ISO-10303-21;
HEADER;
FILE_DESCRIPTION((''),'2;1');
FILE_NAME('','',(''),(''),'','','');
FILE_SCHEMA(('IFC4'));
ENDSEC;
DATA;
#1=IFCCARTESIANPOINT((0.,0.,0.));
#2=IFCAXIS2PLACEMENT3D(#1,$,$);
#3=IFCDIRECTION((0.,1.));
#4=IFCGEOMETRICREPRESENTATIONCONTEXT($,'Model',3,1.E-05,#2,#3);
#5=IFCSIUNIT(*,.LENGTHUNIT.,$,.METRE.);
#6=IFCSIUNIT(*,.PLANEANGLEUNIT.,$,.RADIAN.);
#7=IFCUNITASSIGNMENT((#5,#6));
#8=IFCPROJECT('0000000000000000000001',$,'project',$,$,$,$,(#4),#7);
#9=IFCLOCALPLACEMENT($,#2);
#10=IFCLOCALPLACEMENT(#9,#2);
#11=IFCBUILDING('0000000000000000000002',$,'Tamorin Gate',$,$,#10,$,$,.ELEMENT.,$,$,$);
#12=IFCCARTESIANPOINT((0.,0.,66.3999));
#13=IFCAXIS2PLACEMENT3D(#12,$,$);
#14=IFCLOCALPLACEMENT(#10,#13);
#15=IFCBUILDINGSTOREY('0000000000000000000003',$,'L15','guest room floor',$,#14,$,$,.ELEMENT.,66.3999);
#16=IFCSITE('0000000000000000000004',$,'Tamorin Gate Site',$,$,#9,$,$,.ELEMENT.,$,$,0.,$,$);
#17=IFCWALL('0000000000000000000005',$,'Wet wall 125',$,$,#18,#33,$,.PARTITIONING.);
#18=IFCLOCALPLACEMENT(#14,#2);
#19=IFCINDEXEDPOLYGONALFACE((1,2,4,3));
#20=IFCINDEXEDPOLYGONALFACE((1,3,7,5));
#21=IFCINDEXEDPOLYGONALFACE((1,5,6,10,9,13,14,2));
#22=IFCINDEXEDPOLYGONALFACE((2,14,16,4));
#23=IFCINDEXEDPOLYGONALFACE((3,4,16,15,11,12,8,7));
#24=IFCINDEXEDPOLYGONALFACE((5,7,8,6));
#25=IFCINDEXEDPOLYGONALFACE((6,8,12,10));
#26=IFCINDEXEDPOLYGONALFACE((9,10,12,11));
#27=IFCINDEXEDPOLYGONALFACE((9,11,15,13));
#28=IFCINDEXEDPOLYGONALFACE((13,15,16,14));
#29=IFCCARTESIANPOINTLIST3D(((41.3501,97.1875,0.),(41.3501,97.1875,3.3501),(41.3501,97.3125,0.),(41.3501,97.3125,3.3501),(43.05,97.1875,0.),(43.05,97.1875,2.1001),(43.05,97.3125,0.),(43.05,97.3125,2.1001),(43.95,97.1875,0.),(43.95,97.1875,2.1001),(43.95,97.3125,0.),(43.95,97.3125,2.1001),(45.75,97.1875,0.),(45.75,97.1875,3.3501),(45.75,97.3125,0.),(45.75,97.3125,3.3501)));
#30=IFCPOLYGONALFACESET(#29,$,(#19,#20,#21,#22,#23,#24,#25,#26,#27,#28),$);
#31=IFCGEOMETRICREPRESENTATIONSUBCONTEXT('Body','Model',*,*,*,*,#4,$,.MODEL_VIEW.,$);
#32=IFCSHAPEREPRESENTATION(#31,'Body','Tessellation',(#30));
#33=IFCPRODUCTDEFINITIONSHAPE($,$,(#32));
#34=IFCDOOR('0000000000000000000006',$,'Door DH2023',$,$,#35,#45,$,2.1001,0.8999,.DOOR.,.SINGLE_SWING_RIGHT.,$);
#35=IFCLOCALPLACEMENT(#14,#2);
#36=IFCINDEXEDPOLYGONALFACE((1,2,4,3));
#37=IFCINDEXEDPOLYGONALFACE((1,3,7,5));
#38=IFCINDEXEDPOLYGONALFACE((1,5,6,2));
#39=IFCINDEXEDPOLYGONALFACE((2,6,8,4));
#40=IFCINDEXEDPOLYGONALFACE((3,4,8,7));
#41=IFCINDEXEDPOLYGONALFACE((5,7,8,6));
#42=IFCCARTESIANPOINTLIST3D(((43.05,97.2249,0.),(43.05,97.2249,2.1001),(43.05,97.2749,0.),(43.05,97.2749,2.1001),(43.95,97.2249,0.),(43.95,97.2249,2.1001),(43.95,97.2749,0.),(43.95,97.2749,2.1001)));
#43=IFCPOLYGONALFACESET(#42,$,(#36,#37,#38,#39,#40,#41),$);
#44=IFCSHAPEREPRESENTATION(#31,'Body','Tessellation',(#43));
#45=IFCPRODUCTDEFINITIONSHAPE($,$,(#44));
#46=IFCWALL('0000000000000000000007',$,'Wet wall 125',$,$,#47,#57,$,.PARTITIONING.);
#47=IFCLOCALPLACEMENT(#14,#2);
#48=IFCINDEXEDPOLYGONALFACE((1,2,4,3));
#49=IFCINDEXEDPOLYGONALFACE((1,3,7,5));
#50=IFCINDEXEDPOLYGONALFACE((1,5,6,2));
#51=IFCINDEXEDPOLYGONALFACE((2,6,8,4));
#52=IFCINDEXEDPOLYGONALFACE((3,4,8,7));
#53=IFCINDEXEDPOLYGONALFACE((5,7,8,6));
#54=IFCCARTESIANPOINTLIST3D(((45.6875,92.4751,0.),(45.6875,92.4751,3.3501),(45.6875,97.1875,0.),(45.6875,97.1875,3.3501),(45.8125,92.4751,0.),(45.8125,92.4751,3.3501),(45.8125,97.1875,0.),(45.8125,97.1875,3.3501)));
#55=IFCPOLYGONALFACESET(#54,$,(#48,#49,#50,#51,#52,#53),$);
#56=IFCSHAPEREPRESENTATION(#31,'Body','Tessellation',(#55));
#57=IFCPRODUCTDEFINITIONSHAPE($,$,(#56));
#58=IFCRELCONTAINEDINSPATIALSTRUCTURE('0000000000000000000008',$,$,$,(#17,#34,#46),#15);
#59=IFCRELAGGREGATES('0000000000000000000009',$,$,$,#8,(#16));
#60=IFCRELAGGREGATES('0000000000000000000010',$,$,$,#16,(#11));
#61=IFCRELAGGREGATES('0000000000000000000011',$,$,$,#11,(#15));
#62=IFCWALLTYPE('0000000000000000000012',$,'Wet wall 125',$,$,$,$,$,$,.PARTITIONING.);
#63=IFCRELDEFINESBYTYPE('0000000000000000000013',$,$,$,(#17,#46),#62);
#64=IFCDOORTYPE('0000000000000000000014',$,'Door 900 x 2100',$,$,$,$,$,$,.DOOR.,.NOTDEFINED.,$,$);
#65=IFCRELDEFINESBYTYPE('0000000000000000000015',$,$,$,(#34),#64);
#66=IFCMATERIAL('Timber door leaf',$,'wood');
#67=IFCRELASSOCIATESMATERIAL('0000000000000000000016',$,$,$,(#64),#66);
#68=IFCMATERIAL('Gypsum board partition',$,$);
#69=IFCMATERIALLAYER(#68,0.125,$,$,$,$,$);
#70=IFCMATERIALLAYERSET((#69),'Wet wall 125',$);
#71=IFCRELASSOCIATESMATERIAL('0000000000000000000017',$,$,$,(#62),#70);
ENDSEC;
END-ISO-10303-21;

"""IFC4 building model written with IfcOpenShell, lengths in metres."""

from ifc_helpers import new_model, si_unit, direction, frame, frame_2d, origin, place, context, subcontext, project, spatial, rectangle, extrude, material, layer, layer_set, type_object, element, fill, save


model = new_model("IFC4")

# Units and contexts
model_context = context("Model", 3, precision=1e-05, world=origin(), true_north=direction((0.0, 1.0)))
body_context = subcontext(model_context, "Body", "Model", "MODEL_VIEW")
ifc_project = project(units=[si_unit("LENGTHUNIT", "METRE"), si_unit("PLANEANGLEUNIT", "RADIAN")], contexts=[model_context])

# Site, building, storey
site_placement = place(None, origin())
site = spatial("IfcSite", under=ifc_project, at=site_placement, Name="Tamorin Gate Site", CompositionType="ELEMENT", RefElevation=0.0)
building_placement = place(site_placement, origin())
building = spatial("IfcBuilding", under=site, at=building_placement, Name="Tamorin Gate", CompositionType="ELEMENT")
storey_placement = place(building_placement, frame((0.0, 0.0, 66.3999)))
storey = spatial("IfcBuildingStorey", under=building, at=storey_placement, Name="L15", Description="guest room floor", CompositionType="ELEMENT", Elevation=66.3999)

# Shared definitions
ifc_material_1 = material(Name="Gypsum board partition")

# Shared definitions
ifc_material_2 = material(Name="Timber door leaf", Category="wood")
door_type = type_object("IfcDoorType", Name="Door 900 x 2100", OperationType="NOTDEFINED", PredefinedType="DOOR", material=ifc_material_2)

# Wall, opening, door
ifc_layer_1 = layer(ifc_material_1, 0.125)
ifc_layer_set_1 = layer_set([ifc_layer_1], Name="Wet wall 125")
wall_type_1 = type_object("IfcWallType", Name="Wet wall 125", PredefinedType="PARTITIONING", material=ifc_layer_set_1)
wall_1_placement = place(storey_placement, frame((41.3501, 97.25, 0.0), z_axis=(0.0, 0.0, 1.0), x_axis=(1.0, 0.0, 0.0)))
wall_1 = element("IfcWall", 1, at=wall_1_placement, inside=storey, type_object=wall_type_1, Name="Wet wall 125", PredefinedType="PARTITIONING", context=body_context, shape_type="SweptSolid", body=[
    extrude(rectangle(XDim=4.3999, YDim=0.125, at=frame_2d((2.2, 0.0))), origin(), (0.0, 0.0, 1.0), 3.3501),
])
opening_1_placement = place(wall_1_placement, frame((1.7, 0.0, 0.0)))
opening_1 = element("IfcOpeningElement", 2, at=opening_1_placement, cuts=wall_1, PredefinedType="OPENING", context=body_context, shape_type="SweptSolid", body=[
    extrude(rectangle(XDim=0.8999, YDim=2.1001, at=frame_2d((0.45, 1.05))), frame((0.0, 0.0725, 0.0), z_axis=(0.0, -1.0, 0.0), x_axis=(1.0, 0.0, 0.0)), (0.0, 0.0, 1.0), 0.145),
])
door_1_placement = place(opening_1_placement, origin())
door_1 = element("IfcDoor", 3, at=door_1_placement, inside=storey, type_object=door_type, Name="Door DH2023", OperationType="SINGLE_SWING_RIGHT", OverallHeight=2.1001, OverallWidth=0.8999, PredefinedType="DOOR", context=body_context, shape_type="SweptSolid", body=[
    extrude(rectangle(XDim=0.8999, YDim=2.1001, at=frame_2d((0.45, 1.05))), frame((0.0, 0.0249, 0.0), z_axis=(0.0, -1.0, 0.0), x_axis=(1.0, 0.0, 0.0)), (0.0, 0.0, 1.0), 0.05),
])
fill(opening_1, door_1)

# Wall
wall_2_placement = place(storey_placement, frame((45.75, 92.4751, 0.0), z_axis=(0.0, 0.0, 1.0), x_axis=(0.0, 1.0, 0.0)))
element("IfcWall", 4, at=wall_2_placement, inside=storey, type_object=wall_type_1, Name="Wet wall 125", PredefinedType="PARTITIONING", context=body_context, shape_type="SweptSolid", body=[
    extrude(rectangle(XDim=4.7124, YDim=0.125, at=frame_2d((2.3562, 0.0))), origin(), (0.0, 0.0, 1.0), 3.3501),
])

save(model, "model.ifc")
